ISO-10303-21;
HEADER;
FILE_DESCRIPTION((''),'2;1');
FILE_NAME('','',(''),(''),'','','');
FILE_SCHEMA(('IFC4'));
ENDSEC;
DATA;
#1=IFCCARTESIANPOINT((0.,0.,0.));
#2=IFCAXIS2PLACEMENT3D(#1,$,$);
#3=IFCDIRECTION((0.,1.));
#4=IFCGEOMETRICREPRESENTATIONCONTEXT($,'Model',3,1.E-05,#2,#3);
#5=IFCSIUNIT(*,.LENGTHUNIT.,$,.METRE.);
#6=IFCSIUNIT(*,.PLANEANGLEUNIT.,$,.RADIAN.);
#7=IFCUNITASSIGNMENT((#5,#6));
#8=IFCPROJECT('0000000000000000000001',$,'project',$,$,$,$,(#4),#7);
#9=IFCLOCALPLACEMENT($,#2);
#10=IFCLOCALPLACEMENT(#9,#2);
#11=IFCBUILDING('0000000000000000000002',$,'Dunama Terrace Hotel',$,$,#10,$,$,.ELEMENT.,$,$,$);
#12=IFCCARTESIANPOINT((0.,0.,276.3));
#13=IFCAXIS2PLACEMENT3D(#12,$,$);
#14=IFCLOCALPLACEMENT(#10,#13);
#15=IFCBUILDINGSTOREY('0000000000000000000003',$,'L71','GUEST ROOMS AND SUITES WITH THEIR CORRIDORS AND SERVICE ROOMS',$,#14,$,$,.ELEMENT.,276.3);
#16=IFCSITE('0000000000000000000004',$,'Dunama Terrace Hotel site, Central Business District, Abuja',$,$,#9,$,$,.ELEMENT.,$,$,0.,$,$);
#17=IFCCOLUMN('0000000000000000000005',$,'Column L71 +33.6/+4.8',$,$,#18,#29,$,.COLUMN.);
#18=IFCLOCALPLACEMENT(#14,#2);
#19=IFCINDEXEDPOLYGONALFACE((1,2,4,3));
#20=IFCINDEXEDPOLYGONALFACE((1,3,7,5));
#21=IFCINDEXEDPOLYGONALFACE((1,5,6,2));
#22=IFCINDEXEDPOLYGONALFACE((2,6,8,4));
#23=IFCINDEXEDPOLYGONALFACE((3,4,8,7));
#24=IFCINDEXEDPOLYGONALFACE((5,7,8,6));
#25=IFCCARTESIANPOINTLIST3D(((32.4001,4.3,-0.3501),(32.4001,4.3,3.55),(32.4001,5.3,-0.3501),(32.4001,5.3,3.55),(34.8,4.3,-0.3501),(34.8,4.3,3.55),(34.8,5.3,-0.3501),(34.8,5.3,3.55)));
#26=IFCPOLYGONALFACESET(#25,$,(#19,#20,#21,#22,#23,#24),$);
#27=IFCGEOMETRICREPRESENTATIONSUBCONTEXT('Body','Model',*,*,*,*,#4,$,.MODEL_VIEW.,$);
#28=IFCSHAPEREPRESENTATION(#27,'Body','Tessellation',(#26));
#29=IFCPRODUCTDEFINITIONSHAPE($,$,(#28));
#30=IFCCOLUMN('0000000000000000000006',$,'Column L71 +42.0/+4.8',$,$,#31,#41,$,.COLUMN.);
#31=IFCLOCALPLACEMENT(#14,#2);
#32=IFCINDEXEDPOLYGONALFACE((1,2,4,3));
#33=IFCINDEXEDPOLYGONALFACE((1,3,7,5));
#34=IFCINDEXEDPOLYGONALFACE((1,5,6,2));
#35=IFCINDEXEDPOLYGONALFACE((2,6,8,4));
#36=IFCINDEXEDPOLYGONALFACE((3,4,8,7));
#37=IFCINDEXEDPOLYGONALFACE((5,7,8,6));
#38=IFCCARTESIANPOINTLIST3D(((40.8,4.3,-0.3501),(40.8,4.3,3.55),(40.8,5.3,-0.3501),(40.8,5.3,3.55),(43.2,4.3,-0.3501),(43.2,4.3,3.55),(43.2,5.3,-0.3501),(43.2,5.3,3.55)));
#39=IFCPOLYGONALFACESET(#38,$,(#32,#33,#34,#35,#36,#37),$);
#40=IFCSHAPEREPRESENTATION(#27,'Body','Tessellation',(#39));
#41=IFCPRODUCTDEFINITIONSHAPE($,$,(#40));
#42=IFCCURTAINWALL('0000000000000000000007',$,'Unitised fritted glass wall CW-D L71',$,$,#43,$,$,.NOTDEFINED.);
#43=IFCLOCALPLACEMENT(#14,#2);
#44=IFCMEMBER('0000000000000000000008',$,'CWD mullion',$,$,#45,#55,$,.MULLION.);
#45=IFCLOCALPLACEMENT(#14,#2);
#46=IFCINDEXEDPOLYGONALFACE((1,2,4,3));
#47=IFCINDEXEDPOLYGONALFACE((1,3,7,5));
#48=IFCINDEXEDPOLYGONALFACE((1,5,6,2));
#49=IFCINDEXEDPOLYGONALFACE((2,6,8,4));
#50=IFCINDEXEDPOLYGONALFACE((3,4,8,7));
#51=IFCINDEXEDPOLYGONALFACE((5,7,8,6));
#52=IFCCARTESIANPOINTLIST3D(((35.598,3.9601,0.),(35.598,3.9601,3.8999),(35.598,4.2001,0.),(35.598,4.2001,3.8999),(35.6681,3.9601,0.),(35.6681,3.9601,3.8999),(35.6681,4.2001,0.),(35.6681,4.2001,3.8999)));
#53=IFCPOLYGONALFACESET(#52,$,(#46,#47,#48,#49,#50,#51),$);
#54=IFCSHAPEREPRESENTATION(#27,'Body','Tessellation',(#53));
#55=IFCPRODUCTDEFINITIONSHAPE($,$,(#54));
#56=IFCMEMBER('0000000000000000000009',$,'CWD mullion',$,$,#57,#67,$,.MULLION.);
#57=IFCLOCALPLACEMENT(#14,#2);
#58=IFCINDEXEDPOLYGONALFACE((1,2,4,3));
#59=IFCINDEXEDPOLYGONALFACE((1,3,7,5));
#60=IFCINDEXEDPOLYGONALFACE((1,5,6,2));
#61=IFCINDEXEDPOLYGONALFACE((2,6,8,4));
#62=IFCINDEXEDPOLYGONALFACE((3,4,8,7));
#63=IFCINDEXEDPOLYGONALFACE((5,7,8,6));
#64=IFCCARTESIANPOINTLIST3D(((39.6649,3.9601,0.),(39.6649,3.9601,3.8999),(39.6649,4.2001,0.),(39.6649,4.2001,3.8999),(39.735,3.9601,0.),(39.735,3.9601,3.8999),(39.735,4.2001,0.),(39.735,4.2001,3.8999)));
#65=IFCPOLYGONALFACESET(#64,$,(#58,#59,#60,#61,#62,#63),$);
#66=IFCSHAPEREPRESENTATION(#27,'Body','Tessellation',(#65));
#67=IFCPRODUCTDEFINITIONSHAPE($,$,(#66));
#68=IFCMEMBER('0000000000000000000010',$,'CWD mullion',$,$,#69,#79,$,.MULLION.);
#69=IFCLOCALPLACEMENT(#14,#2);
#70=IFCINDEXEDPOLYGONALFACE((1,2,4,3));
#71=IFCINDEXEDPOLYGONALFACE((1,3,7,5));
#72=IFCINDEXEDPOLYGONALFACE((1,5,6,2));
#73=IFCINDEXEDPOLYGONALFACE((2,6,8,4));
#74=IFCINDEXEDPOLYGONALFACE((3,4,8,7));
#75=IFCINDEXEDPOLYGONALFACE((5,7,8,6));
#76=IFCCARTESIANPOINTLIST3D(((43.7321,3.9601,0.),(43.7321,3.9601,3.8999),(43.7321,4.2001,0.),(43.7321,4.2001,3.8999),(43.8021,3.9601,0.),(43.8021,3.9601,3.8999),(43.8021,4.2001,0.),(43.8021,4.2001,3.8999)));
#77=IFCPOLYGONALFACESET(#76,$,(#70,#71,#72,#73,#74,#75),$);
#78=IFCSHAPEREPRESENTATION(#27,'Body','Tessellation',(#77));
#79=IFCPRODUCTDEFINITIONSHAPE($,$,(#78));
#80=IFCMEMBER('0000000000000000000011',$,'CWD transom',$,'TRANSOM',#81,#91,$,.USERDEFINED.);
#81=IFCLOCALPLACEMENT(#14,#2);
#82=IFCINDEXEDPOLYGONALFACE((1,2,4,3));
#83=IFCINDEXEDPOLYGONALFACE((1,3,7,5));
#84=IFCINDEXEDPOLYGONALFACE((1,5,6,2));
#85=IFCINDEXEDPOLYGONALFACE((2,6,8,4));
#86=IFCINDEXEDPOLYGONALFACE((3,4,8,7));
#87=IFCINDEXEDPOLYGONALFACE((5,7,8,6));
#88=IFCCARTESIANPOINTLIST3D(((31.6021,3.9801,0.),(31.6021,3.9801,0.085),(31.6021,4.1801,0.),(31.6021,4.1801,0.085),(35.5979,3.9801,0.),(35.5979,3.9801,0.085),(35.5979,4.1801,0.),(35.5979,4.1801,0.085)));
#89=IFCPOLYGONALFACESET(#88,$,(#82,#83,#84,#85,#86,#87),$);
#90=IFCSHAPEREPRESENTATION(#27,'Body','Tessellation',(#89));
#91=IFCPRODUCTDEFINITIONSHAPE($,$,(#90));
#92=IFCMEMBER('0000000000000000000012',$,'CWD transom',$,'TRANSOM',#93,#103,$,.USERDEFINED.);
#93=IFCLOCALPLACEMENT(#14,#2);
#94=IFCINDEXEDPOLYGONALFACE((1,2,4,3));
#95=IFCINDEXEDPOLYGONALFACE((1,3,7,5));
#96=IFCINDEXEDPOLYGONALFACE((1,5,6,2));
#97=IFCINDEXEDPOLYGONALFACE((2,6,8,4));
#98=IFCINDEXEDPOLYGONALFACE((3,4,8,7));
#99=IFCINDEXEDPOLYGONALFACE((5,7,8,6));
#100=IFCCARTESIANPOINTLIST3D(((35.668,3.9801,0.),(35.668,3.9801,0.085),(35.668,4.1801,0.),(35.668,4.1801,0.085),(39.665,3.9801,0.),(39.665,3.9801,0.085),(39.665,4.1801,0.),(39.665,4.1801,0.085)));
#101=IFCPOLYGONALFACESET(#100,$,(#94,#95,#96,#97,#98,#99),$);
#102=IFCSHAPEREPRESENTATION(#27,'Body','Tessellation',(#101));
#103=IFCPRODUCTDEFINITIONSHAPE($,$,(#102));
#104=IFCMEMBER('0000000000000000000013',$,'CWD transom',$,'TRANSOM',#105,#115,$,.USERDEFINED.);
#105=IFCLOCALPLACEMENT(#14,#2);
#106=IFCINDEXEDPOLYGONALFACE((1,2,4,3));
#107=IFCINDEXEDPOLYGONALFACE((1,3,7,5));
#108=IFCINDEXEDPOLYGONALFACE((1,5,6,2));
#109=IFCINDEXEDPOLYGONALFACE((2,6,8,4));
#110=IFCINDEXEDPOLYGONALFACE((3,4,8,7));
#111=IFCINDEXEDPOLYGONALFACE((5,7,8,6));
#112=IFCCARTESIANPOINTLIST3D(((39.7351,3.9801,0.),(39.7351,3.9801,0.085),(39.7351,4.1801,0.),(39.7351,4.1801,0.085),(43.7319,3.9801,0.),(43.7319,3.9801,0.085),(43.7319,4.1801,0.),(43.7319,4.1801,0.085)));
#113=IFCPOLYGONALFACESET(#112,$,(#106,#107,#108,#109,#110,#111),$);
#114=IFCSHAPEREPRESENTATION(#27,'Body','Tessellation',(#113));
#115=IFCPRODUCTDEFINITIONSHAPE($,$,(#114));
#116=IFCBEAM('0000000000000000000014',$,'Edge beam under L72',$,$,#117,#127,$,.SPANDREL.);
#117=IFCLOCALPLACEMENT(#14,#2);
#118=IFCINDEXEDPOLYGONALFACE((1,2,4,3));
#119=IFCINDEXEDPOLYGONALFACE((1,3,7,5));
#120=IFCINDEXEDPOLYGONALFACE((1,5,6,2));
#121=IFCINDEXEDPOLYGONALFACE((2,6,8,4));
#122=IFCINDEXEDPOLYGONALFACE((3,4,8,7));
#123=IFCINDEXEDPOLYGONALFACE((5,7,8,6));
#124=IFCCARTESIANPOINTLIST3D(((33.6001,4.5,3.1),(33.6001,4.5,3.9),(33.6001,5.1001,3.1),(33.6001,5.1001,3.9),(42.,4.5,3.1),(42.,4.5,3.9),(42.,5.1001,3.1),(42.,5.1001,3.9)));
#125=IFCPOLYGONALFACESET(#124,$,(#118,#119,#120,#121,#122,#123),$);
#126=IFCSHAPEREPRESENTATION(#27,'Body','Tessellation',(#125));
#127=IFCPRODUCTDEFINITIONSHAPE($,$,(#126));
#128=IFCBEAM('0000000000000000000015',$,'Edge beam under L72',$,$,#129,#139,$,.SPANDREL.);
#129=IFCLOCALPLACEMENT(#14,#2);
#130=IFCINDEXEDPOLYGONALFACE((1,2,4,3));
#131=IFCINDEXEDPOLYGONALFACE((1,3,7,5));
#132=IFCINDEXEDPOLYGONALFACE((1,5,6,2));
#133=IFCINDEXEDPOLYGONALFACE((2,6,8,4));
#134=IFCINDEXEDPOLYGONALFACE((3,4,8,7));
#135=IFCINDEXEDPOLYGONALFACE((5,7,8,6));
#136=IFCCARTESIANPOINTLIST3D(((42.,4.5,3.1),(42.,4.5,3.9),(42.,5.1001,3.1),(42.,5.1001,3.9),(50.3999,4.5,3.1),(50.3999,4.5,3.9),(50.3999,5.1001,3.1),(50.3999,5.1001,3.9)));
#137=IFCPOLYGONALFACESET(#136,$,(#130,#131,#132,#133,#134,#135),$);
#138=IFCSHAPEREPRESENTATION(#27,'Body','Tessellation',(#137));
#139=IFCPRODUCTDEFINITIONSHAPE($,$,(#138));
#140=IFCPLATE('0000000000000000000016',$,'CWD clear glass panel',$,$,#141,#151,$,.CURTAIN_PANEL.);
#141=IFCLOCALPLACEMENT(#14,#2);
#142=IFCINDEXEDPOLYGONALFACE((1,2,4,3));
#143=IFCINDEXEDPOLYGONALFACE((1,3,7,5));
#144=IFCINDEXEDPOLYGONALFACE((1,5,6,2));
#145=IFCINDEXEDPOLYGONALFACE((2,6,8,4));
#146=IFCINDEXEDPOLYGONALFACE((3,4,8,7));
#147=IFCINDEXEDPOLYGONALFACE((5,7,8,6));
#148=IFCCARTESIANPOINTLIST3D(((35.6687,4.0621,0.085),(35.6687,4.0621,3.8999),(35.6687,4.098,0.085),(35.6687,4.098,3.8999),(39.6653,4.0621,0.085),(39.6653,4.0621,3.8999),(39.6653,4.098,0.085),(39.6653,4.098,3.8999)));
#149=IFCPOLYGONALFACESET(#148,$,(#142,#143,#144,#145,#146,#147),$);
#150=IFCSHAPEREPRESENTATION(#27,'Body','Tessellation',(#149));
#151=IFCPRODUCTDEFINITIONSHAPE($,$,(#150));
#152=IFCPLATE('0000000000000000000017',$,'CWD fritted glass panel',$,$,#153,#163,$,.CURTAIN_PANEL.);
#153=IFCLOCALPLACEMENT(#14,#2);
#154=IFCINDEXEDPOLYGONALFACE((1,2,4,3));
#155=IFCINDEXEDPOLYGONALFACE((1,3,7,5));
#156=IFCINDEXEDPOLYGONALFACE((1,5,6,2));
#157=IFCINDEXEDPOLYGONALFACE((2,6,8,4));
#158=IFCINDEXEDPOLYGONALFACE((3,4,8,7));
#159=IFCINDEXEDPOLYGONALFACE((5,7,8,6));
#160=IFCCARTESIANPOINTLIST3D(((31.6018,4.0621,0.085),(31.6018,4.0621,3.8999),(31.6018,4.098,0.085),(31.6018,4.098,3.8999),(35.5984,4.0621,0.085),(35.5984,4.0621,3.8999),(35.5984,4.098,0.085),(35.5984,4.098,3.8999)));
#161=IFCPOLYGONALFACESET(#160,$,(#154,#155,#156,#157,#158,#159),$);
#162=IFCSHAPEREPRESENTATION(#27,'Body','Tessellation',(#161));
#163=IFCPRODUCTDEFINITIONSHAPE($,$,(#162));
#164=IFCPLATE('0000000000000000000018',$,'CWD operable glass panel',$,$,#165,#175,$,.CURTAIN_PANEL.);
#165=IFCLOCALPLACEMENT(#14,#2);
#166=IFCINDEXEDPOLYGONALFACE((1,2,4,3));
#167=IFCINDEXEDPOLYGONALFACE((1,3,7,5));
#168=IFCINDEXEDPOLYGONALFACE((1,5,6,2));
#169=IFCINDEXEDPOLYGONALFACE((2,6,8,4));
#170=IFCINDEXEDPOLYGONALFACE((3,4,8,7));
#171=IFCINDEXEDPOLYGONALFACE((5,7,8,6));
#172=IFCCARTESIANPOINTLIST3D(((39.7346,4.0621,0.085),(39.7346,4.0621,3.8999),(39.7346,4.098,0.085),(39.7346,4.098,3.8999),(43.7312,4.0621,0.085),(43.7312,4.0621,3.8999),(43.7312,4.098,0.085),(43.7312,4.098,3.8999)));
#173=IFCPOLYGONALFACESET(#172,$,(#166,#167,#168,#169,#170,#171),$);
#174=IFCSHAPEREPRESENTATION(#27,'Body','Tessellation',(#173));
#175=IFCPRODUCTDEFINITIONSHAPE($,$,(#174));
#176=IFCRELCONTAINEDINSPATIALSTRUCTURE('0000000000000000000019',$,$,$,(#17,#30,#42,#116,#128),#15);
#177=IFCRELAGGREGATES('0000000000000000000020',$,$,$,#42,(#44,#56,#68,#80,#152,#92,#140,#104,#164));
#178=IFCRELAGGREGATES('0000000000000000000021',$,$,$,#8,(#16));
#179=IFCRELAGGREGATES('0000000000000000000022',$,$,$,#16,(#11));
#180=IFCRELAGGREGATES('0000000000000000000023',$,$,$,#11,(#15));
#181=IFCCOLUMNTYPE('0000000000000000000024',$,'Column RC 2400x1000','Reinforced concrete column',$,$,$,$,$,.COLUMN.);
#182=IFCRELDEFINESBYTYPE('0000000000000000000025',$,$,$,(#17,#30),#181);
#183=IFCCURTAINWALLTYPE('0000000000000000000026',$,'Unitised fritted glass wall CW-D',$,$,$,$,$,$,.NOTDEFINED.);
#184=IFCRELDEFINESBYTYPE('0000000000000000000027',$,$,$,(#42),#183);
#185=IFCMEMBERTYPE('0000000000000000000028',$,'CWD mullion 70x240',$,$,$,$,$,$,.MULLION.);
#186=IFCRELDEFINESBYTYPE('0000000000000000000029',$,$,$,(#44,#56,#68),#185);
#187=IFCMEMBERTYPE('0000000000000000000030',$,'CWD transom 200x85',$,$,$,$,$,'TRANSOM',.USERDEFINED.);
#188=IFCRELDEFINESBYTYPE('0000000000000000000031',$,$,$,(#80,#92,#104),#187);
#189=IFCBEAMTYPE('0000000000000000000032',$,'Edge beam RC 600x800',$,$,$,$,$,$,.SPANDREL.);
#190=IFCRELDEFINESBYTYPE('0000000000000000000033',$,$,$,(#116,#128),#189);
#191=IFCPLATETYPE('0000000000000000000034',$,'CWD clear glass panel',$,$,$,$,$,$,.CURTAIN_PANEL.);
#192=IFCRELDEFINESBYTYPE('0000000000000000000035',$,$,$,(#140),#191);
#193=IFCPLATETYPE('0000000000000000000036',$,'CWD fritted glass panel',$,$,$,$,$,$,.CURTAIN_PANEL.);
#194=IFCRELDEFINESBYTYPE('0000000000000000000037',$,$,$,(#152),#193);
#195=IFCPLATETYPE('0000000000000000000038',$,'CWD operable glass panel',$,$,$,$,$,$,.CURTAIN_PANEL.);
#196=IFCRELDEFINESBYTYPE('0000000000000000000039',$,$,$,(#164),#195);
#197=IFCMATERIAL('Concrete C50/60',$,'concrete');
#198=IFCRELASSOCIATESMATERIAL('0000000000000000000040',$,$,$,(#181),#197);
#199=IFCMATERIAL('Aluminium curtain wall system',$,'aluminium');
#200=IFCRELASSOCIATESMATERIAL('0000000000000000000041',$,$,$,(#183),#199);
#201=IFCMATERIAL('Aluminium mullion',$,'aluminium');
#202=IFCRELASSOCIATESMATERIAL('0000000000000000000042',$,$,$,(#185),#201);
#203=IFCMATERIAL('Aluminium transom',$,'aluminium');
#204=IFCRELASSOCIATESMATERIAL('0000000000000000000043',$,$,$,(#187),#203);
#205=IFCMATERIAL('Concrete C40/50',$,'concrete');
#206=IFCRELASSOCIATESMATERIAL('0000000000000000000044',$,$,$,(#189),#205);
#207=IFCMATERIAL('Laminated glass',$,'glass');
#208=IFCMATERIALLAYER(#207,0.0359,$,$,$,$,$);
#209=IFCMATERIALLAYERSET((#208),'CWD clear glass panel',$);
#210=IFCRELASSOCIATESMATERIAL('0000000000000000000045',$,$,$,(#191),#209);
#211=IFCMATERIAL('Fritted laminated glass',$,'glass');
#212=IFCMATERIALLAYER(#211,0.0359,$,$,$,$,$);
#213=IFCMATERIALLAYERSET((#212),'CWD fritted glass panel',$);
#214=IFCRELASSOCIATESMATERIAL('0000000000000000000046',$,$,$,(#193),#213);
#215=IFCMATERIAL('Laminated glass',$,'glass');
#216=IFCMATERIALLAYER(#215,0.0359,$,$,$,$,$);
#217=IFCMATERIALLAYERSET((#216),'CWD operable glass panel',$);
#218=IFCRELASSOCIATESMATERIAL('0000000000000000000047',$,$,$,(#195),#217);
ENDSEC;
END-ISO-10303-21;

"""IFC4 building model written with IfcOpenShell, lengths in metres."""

from ifc_helpers import new_model, si_unit, direction, frame, origin, origin_2d, place, context, subcontext, project, spatial, rectangle, extrude, material, layer, layer_set, material_profile, profile_set, type_object, element, aggregate, save


model = new_model("IFC4")

# Units and contexts
model_context = context("Model", 3, precision=1e-05, world=origin(), true_north=direction((0.0, 1.0)))
body_context = subcontext(model_context, "Body", "Model", "MODEL_VIEW")
ifc_project = project(units=[si_unit("LENGTHUNIT", "METRE"), si_unit("PLANEANGLEUNIT", "RADIAN")], contexts=[model_context])

# Site, building, storey
site_placement = place(None, origin())
site = spatial("IfcSite", under=ifc_project, at=site_placement, Name="Dunama Terrace Hotel site, Central Business District, Abuja", CompositionType="ELEMENT", RefElevation=0.0)
building_placement = place(site_placement, origin())
building = spatial("IfcBuilding", under=site, at=building_placement, Name="Dunama Terrace Hotel", CompositionType="ELEMENT")
storey_placement = place(building_placement, frame((0.0, 0.0, 276.3)))
storey = spatial("IfcBuildingStorey", under=building, at=storey_placement, Name="L71", Description="GUEST ROOMS AND SUITES WITH THEIR CORRIDORS AND SERVICE ROOMS", CompositionType="ELEMENT", Elevation=276.3)

# Columns
ifc_material_1 = material(Name="Concrete C50/60", Category="concrete")
ifc_material_profile_1 = material_profile(ifc_material_1, rectangle(XDim=2.3999, YDim=1.0, at=origin_2d()), Name="RC 2400x1000")
ifc_profile_set_1 = profile_set([ifc_material_profile_1], Name="Concrete C50/60")
column_type = type_object("IfcColumnType", Name="Column RC 2400x1000", Description="Reinforced concrete column", PredefinedType="COLUMN", material=ifc_profile_set_1)
for number, where, z_axis, x_axis, name in (
    (1, (33.6001, 4.8, -0.3501), (0.0, 0.0, 1.0), (1.0, 0.0, 0.0), "Column L71 +33.6/+4.8"),
    (2, (42.0, 4.8, -0.3501), (0.0, 0.0, 1.0), (1.0, 0.0, 0.0), "Column L71 +42.0/+4.8"),
):
    element("IfcColumn", number, at=place(storey_placement, frame(where, z_axis=z_axis, x_axis=x_axis)), inside=storey, type_object=column_type, Name=name, PredefinedType="COLUMN", context=body_context, shape_type="SweptSolid", body=[
        extrude(rectangle(XDim=2.3999, YDim=1.0, at=origin_2d()), origin(), (0.0, 0.0, 1.0), 3.9001),
    ])

# Curtain wall, members
ifc_material_2 = material(Name="Aluminium curtain wall system", Category="aluminium")
curtain_wall_type = type_object("IfcCurtainWallType", Name="Unitised fritted glass wall CW-D", PredefinedType="NOTDEFINED", material=ifc_material_2)
curtain_wall_placement = place(storey_placement, origin())
curtain_wall = element("IfcCurtainWall", 3, at=curtain_wall_placement, inside=storey, type_object=curtain_wall_type, Name="Unitised fritted glass wall CW-D L71", PredefinedType="NOTDEFINED")
ifc_material_3 = material(Name="Aluminium mullion", Category="aluminium")
ifc_material_profile_2 = material_profile(ifc_material_3, rectangle(XDim=0.0701, YDim=0.24, at=origin_2d()), Name="CWD MULLION 70X240")
ifc_profile_set_2 = profile_set([ifc_material_profile_2], Name="Aluminium mullion")
member_type_1 = type_object("IfcMemberType", Name="CWD mullion 70x240", PredefinedType="MULLION", material=ifc_profile_set_2)
member_1_placement = place(storey_placement, frame((35.6331, 4.0801, 0.0), z_axis=(0.0, 0.0, 1.0), x_axis=(1.0, 0.0, 0.0)))
member_1 = element("IfcMember", 4, at=member_1_placement, type_object=member_type_1, Name="CWD mullion", PredefinedType="MULLION", context=body_context, shape_type="SweptSolid", body=[
    extrude(rectangle(XDim=0.0701, YDim=0.24, at=origin_2d()), origin(), (0.0, 0.0, 1.0), 3.8999),
])
member_2_placement = place(storey_placement, frame((39.7, 4.0801, 0.0), z_axis=(0.0, 0.0, 1.0), x_axis=(1.0, 0.0, 0.0)))
member_2 = element("IfcMember", 5, at=member_2_placement, type_object=member_type_1, Name="CWD mullion", PredefinedType="MULLION", context=body_context, shape_type="SweptSolid", body=[
    extrude(rectangle(XDim=0.0701, YDim=0.24, at=origin_2d()), origin(), (0.0, 0.0, 1.0), 3.8999),
])
member_3_placement = place(storey_placement, frame((43.7671, 4.0801, 0.0), z_axis=(0.0, 0.0, 1.0), x_axis=(1.0, 0.0, 0.0)))
member_3 = element("IfcMember", 6, at=member_3_placement, type_object=member_type_1, Name="CWD mullion", PredefinedType="MULLION", context=body_context, shape_type="SweptSolid", body=[
    extrude(rectangle(XDim=0.0701, YDim=0.24, at=origin_2d()), origin(), (0.0, 0.0, 1.0), 3.8999),
])
ifc_material_4 = material(Name="Aluminium transom", Category="aluminium")
ifc_material_profile_3 = material_profile(ifc_material_4, rectangle(XDim=0.2, YDim=0.085, at=origin_2d()), Name="CWD TRANSOM 200X85")
ifc_profile_set_3 = profile_set([ifc_material_profile_3], Name="Aluminium transom")
member_type_2 = type_object("IfcMemberType", Name="CWD transom 200x85", ElementType="TRANSOM", PredefinedType="USERDEFINED", material=ifc_profile_set_3)
member_4_placement = place(storey_placement, frame((31.6021, 4.0801, 0.0425), z_axis=(1.0, 0.0, 0.0), x_axis=(0.0, 1.0, 0.0)))
member_4 = element("IfcMember", 7, at=member_4_placement, type_object=member_type_2, Name="CWD transom", ObjectType="TRANSOM", PredefinedType="USERDEFINED", context=body_context, shape_type="SweptSolid", body=[
    extrude(rectangle(XDim=0.2, YDim=0.085, at=origin_2d()), origin(), (0.0, 0.0, 1.0), 3.9958),
])
member_5_placement = place(storey_placement, frame((35.668, 4.0801, 0.0425), z_axis=(1.0, 0.0, 0.0), x_axis=(0.0, 1.0, 0.0)))
member_5 = element("IfcMember", 8, at=member_5_placement, type_object=member_type_2, Name="CWD transom", ObjectType="TRANSOM", PredefinedType="USERDEFINED", context=body_context, shape_type="SweptSolid", body=[
    extrude(rectangle(XDim=0.2, YDim=0.085, at=origin_2d()), origin(), (0.0, 0.0, 1.0), 3.9971),
])
member_6_placement = place(storey_placement, frame((39.7351, 4.0801, 0.0425), z_axis=(1.0, 0.0, 0.0), x_axis=(0.0, 1.0, 0.0)))
member_6 = element("IfcMember", 9, at=member_6_placement, type_object=member_type_2, Name="CWD transom", ObjectType="TRANSOM", PredefinedType="USERDEFINED", context=body_context, shape_type="SweptSolid", body=[
    extrude(rectangle(XDim=0.2, YDim=0.085, at=origin_2d()), origin(), (0.0, 0.0, 1.0), 3.9968),
])

# Beams
ifc_material_5 = material(Name="Concrete C40/50", Category="concrete")
ifc_material_profile_4 = material_profile(ifc_material_5, rectangle(XDim=0.6001, YDim=0.8, at=origin_2d()), Name="RC 600x800")
ifc_profile_set_4 = profile_set([ifc_material_profile_4], Name="Concrete C40/50")
beam_type = type_object("IfcBeamType", Name="Edge beam RC 600x800", PredefinedType="SPANDREL", material=ifc_profile_set_4)
for number, where, z_axis, x_axis, name in (
    (10, (33.6001, 4.8, 3.5), (1.0, 0.0, 0.0), (0.0, 1.0, 0.0), "Edge beam under L72"),
    (11, (42.0, 4.8, 3.5), (1.0, 0.0, 0.0), (0.0, 1.0, 0.0), "Edge beam under L72"),
):
    element("IfcBeam", number, at=place(storey_placement, frame(where, z_axis=z_axis, x_axis=x_axis)), inside=storey, type_object=beam_type, Name=name, PredefinedType="SPANDREL", context=body_context, shape_type="SweptSolid", body=[
        extrude(rectangle(XDim=0.6001, YDim=0.8, at=origin_2d()), origin(), (0.0, 0.0, 1.0), 8.3999),
    ])

# Plates
ifc_material_6 = material(Name="Laminated glass", Category="glass")
ifc_layer_1 = layer(ifc_material_6, 0.0359)
ifc_layer_set_1 = layer_set([ifc_layer_1], Name="CWD clear glass panel")
plate_type_1 = type_object("IfcPlateType", Name="CWD clear glass panel", PredefinedType="CURTAIN_PANEL", material=ifc_layer_set_1)
plate_1_placement = place(storey_placement, frame((37.667, 4.0801, 0.085), z_axis=(0.0, 0.0, 1.0), x_axis=(1.0, 0.0, 0.0)))
plate_1 = element("IfcPlate", 12, at=plate_1_placement, type_object=plate_type_1, Name="CWD clear glass panel", PredefinedType="CURTAIN_PANEL", context=body_context, shape_type="SweptSolid", body=[
    extrude(rectangle(XDim=3.9966, YDim=0.0359, at=origin_2d()), origin(), (0.0, 0.0, 1.0), 3.8149),
])
ifc_material_7 = material(Name="Fritted laminated glass", Category="glass")
ifc_layer_2 = layer(ifc_material_7, 0.0359)
ifc_layer_set_2 = layer_set([ifc_layer_2], Name="CWD fritted glass panel")
plate_type_2 = type_object("IfcPlateType", Name="CWD fritted glass panel", PredefinedType="CURTAIN_PANEL", material=ifc_layer_set_2)
plate_2_placement = place(storey_placement, frame((33.6001, 4.0801, 0.085), z_axis=(0.0, 0.0, 1.0), x_axis=(1.0, 0.0, 0.0)))
plate_2 = element("IfcPlate", 13, at=plate_2_placement, type_object=plate_type_2, Name="CWD fritted glass panel", PredefinedType="CURTAIN_PANEL", context=body_context, shape_type="SweptSolid", body=[
    extrude(rectangle(XDim=3.9966, YDim=0.0359, at=origin_2d()), origin(), (0.0, 0.0, 1.0), 3.8149),
])
ifc_material_8 = material(Name="Laminated glass", Category="glass")
ifc_layer_3 = layer(ifc_material_8, 0.0359)
ifc_layer_set_3 = layer_set([ifc_layer_3], Name="CWD operable glass panel")
plate_type_3 = type_object("IfcPlateType", Name="CWD operable glass panel", PredefinedType="CURTAIN_PANEL", material=ifc_layer_set_3)
plate_3_placement = place(storey_placement, frame((41.7329, 4.0801, 0.085), z_axis=(0.0, 0.0, 1.0), x_axis=(1.0, 0.0, 0.0)))
plate_3 = element("IfcPlate", 14, at=plate_3_placement, type_object=plate_type_3, Name="CWD operable glass panel", PredefinedType="CURTAIN_PANEL", context=body_context, shape_type="SweptSolid", body=[
    extrude(rectangle(XDim=3.9966, YDim=0.0359, at=origin_2d()), origin(), (0.0, 0.0, 1.0), 3.8149),
])
aggregate(curtain_wall, [member_1, member_2, member_3, member_4, plate_2, member_5, plate_1, member_6, plate_3])

save(model, "model.ifc")
